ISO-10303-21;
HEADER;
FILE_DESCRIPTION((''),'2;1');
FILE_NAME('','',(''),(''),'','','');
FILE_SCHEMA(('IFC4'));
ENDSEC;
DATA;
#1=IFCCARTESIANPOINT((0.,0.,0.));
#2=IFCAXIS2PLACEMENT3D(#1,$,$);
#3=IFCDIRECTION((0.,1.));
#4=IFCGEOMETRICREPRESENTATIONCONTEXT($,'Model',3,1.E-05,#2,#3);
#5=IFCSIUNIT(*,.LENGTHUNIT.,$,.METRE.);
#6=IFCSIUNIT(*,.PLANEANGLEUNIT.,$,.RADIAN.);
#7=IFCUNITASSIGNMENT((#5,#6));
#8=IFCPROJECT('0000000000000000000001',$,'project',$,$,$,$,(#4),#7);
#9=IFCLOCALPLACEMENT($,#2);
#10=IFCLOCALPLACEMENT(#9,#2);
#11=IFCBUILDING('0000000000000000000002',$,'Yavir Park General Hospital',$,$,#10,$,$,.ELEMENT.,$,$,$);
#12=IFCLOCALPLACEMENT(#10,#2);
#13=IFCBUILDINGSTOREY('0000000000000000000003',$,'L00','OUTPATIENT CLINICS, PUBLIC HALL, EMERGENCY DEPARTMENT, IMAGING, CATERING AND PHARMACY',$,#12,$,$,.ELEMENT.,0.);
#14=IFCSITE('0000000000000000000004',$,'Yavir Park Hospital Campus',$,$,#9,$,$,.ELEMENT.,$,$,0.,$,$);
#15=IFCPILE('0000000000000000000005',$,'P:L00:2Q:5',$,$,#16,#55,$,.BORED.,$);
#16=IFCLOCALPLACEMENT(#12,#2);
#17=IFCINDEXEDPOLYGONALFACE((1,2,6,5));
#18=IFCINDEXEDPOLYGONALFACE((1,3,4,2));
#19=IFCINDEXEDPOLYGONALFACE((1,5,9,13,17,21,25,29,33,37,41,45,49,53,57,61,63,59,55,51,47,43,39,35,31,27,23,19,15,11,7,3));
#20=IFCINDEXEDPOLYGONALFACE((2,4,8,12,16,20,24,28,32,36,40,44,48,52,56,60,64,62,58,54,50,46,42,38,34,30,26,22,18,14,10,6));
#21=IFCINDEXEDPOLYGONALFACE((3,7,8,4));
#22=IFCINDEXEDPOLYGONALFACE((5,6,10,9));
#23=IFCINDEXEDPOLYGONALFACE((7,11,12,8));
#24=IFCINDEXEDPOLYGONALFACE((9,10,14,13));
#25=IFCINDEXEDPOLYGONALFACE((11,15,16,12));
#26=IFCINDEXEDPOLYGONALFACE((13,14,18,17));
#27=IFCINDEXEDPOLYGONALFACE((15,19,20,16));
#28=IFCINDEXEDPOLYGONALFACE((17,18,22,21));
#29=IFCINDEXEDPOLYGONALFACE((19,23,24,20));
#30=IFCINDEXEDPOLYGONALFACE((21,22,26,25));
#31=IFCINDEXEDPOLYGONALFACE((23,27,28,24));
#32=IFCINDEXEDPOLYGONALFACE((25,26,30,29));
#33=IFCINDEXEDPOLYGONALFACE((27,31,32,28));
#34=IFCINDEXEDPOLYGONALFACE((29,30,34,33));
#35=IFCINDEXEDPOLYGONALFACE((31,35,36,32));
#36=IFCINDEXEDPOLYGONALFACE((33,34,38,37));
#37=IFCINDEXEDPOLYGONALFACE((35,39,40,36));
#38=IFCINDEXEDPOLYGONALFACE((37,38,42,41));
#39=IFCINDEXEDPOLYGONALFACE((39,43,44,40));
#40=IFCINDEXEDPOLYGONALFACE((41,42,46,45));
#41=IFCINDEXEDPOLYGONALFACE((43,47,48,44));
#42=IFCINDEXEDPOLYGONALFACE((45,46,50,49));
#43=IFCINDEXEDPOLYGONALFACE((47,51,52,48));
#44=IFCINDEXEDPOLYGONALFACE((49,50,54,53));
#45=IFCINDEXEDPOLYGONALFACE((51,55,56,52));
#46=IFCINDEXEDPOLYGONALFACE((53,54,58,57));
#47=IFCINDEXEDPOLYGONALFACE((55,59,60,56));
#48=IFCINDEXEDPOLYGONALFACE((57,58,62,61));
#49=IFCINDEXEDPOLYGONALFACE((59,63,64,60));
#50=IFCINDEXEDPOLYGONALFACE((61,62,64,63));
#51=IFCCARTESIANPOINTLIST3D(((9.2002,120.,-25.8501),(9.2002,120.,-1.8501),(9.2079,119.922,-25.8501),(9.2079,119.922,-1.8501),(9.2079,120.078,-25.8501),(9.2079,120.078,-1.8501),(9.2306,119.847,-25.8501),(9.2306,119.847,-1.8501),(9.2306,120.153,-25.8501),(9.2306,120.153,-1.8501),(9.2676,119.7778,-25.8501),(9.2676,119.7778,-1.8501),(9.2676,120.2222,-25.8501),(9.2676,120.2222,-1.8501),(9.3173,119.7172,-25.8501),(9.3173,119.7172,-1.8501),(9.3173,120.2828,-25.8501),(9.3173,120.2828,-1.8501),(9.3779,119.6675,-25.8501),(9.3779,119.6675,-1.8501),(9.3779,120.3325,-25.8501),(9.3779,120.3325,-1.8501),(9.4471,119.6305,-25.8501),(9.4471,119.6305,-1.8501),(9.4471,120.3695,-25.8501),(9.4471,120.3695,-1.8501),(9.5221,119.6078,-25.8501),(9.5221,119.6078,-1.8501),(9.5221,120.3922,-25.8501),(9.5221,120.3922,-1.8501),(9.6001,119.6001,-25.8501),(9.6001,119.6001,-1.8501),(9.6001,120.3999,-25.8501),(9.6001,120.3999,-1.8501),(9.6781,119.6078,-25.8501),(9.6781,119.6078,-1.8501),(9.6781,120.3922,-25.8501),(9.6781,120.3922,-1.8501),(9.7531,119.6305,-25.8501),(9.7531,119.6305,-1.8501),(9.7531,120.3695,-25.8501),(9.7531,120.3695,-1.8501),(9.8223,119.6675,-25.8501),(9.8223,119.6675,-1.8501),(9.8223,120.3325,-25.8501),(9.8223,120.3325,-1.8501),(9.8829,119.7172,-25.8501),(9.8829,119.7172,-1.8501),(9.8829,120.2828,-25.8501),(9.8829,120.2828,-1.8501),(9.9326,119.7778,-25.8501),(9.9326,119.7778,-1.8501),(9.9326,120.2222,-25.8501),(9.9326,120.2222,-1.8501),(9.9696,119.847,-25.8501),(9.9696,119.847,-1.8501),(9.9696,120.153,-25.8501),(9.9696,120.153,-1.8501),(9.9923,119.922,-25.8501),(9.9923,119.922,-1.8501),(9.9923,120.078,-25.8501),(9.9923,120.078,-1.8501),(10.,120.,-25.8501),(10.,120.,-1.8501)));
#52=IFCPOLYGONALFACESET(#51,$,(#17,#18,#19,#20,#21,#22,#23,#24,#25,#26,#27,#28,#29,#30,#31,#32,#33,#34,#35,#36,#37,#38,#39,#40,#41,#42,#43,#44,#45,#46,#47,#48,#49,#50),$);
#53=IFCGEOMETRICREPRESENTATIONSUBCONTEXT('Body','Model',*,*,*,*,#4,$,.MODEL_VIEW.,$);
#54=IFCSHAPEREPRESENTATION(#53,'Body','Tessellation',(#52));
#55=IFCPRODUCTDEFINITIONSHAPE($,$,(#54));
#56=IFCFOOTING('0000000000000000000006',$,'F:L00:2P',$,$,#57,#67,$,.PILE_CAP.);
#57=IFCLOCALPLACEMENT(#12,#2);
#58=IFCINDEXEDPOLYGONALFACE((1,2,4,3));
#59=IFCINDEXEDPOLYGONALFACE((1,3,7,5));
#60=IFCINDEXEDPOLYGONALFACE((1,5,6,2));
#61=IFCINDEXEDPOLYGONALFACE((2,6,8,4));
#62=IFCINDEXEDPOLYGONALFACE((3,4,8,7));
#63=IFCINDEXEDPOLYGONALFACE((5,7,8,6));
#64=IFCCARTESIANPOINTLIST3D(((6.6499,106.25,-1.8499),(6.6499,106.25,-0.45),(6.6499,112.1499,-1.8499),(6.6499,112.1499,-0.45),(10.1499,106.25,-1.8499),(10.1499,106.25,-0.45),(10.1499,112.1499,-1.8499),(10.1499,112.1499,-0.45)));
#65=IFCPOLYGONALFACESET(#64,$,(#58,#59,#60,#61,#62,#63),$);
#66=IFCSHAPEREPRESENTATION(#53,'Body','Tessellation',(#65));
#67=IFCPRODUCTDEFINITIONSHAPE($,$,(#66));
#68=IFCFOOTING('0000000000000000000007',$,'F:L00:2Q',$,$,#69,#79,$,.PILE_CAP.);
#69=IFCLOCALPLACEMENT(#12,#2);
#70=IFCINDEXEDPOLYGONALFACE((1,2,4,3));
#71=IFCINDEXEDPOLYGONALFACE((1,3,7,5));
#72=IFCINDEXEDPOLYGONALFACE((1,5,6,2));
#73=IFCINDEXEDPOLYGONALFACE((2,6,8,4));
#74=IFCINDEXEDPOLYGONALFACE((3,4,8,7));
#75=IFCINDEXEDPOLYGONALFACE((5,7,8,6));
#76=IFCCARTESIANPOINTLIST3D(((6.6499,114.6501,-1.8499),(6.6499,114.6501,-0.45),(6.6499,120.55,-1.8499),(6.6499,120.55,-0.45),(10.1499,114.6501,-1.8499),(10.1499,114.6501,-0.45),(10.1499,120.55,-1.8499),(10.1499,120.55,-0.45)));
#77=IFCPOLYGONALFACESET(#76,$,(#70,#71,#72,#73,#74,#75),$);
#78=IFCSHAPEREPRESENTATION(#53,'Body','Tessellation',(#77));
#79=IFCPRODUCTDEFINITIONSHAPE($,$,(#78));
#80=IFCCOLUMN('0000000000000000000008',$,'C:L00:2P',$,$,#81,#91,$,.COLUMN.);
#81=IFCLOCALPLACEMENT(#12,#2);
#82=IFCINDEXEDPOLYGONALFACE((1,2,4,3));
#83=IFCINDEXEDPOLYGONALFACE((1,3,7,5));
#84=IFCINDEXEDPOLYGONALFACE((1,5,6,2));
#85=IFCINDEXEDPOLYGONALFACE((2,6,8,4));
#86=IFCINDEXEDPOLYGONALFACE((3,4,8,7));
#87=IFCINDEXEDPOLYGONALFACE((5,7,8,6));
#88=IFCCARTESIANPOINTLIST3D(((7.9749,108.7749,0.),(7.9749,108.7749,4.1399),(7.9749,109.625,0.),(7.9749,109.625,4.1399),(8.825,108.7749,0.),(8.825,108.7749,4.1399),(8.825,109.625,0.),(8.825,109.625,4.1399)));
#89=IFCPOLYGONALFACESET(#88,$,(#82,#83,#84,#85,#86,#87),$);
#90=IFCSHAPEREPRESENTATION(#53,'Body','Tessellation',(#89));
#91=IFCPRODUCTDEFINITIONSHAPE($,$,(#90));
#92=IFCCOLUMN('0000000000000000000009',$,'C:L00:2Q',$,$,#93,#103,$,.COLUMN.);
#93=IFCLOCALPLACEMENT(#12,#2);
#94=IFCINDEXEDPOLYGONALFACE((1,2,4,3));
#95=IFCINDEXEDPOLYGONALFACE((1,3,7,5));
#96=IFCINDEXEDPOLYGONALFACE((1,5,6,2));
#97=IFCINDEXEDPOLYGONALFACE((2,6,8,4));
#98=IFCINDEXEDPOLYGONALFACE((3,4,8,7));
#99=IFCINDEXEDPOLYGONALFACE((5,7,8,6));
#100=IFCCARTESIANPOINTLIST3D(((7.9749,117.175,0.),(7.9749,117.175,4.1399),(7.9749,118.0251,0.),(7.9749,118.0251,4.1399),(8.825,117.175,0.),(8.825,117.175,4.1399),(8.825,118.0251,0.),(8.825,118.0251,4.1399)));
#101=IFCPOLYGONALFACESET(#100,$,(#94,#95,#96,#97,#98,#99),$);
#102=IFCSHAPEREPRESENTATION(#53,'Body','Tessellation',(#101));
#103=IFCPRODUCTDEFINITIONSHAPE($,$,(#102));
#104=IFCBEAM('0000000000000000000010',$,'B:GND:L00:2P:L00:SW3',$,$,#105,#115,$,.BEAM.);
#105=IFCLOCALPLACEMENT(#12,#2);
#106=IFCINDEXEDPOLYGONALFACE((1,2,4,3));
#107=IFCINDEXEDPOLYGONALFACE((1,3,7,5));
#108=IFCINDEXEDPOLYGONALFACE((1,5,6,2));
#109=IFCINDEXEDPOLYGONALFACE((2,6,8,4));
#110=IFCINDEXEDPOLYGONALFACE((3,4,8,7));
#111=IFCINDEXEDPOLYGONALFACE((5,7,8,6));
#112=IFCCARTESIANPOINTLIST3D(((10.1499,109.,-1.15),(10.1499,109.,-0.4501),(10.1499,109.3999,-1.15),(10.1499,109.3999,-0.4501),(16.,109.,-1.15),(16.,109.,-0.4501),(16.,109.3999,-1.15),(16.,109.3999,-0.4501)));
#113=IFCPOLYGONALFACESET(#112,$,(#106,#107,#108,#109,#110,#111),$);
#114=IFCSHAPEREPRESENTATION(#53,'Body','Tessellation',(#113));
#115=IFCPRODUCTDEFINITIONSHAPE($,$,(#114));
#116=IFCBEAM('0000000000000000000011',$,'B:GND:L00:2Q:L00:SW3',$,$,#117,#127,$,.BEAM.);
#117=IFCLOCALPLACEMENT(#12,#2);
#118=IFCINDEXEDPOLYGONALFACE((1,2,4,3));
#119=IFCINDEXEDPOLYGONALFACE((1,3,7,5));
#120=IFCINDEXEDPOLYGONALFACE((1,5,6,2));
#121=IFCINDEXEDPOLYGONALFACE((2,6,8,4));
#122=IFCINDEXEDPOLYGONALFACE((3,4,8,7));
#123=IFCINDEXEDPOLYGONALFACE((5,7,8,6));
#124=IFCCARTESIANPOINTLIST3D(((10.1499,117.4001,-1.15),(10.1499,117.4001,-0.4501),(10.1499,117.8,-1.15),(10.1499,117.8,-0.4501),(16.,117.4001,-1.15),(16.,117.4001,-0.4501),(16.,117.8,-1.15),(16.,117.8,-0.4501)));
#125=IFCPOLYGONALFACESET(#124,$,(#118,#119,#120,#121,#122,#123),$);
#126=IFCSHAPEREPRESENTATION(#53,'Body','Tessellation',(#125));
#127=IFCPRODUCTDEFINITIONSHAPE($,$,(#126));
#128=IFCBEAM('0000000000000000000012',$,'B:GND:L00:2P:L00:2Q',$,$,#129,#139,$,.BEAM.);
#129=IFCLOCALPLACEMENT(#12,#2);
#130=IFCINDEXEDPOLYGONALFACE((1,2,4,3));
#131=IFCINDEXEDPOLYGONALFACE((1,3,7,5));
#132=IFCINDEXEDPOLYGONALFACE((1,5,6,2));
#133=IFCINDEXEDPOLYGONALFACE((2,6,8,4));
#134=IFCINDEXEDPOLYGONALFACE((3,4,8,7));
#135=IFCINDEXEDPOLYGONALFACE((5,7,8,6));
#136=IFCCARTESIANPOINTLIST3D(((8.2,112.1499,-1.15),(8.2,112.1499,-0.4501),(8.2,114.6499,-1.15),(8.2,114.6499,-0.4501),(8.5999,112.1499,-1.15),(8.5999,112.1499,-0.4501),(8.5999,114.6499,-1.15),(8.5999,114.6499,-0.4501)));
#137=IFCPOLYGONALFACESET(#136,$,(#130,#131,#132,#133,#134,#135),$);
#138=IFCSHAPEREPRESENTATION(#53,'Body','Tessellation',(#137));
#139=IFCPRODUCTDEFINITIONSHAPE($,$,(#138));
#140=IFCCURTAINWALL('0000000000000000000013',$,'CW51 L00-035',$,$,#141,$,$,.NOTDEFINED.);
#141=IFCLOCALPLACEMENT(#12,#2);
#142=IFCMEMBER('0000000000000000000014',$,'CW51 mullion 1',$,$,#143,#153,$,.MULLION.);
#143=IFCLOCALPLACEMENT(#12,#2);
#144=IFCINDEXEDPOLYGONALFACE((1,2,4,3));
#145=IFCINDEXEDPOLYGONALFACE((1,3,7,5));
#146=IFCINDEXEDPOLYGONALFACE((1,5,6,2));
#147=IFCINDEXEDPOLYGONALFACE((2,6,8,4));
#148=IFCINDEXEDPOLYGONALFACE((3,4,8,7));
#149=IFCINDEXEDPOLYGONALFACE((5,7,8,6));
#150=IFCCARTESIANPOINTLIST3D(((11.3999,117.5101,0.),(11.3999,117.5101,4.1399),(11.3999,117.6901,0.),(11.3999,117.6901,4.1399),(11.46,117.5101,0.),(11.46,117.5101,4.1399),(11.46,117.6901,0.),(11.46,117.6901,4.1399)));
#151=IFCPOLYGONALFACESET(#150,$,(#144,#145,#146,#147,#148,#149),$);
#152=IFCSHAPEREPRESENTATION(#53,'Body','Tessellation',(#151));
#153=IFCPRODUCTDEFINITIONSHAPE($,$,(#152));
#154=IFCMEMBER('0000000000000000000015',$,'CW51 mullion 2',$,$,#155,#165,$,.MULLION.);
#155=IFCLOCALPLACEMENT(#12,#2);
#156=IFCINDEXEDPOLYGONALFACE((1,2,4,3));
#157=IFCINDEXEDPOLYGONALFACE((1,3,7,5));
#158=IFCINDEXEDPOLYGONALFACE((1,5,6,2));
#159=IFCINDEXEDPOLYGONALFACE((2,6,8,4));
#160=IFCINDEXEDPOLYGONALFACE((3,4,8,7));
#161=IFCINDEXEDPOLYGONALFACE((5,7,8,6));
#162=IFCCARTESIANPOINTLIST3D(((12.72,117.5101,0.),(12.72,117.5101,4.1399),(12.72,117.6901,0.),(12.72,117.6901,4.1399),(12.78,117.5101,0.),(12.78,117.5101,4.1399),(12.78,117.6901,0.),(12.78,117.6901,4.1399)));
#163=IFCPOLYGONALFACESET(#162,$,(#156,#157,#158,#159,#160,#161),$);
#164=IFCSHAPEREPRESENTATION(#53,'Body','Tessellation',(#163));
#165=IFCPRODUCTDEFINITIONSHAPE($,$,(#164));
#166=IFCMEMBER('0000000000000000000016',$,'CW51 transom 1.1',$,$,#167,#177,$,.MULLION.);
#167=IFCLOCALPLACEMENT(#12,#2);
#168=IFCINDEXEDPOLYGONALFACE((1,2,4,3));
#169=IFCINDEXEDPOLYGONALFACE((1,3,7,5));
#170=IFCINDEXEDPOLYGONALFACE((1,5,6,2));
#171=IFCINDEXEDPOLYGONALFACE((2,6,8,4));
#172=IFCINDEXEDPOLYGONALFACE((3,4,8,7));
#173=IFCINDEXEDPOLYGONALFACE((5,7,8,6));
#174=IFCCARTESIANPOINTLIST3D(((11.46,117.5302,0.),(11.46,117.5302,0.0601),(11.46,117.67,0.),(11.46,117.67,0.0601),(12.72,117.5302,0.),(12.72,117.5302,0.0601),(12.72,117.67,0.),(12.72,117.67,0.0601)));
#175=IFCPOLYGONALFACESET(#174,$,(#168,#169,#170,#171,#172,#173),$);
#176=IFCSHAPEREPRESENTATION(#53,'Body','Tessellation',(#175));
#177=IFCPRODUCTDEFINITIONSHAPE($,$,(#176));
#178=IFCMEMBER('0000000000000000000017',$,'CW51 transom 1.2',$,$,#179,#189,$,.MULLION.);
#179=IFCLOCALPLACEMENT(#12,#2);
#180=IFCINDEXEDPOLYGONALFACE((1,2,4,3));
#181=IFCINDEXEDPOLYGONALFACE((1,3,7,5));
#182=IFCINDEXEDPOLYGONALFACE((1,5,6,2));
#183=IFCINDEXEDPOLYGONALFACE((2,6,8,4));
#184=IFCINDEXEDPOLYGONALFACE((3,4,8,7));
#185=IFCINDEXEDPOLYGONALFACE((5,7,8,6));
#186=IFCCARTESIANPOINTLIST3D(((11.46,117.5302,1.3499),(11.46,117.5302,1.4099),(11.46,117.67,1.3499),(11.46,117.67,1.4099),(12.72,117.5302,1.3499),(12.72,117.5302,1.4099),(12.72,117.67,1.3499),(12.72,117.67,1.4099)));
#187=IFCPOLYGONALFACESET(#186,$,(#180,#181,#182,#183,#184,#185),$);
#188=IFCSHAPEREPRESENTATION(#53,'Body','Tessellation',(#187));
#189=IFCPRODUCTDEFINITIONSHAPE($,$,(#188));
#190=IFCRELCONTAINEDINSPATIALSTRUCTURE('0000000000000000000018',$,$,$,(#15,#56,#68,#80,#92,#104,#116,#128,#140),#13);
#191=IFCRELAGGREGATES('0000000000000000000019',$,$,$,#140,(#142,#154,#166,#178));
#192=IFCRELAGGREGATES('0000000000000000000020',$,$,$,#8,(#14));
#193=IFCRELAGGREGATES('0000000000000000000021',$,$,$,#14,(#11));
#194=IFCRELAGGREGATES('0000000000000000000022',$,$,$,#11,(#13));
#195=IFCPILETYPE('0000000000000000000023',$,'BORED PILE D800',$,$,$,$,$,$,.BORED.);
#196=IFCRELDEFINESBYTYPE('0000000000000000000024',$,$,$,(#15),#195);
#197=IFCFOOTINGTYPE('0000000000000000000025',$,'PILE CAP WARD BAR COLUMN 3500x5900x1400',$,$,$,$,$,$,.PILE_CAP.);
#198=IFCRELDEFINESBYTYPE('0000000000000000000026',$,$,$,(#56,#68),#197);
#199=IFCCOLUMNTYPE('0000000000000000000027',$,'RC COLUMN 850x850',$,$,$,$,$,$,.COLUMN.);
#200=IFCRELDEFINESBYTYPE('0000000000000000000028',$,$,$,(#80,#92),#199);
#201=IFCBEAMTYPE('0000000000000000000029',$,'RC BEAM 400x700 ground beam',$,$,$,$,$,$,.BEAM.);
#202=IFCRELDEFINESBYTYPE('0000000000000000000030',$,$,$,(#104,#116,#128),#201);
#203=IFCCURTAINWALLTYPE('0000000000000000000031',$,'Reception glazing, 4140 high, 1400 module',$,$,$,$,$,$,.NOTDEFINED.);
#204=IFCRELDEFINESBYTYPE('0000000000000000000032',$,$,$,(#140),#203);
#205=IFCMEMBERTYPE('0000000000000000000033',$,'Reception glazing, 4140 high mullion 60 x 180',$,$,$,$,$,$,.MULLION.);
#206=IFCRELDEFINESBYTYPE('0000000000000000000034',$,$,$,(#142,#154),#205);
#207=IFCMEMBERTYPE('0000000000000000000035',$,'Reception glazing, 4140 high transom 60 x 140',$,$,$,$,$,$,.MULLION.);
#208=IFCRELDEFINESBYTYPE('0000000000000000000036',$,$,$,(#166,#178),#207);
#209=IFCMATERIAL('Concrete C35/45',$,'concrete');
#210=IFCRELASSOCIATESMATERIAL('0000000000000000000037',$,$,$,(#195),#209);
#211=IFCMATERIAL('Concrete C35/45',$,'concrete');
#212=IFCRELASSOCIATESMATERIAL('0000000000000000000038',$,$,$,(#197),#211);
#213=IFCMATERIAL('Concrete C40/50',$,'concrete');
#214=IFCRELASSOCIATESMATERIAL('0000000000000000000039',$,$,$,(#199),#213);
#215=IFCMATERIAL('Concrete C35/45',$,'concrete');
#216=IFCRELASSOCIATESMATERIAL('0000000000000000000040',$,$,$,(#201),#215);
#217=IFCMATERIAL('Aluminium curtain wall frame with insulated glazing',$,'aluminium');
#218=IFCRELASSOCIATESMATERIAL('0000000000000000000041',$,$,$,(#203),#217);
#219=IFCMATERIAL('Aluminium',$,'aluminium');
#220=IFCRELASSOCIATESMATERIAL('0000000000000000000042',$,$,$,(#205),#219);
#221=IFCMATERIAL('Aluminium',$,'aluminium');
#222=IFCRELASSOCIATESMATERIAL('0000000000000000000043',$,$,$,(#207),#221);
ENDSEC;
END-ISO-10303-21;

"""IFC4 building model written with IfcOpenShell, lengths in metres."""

from ifc_helpers import new_model, si_unit, direction, frame, origin, origin_2d, place, context, subcontext, project, spatial, rectangle, circle, extrude, material, material_profile, profile_set, type_object, element, aggregate, save


model = new_model("IFC4")

# Units and contexts
model_context = context("Model", 3, precision=1e-05, world=origin(), true_north=direction((0.0, 1.0)))
body_context = subcontext(model_context, "Body", "Model", "MODEL_VIEW")
ifc_project = project(units=[si_unit("LENGTHUNIT", "METRE"), si_unit("PLANEANGLEUNIT", "RADIAN")], contexts=[model_context])

# Site, building, storey
site_placement = place(None, origin())
site = spatial("IfcSite", under=ifc_project, at=site_placement, Name="Yavir Park Hospital Campus", CompositionType="ELEMENT", RefElevation=0.0)
building_placement = place(site_placement, origin())
building = spatial("IfcBuilding", under=site, at=building_placement, Name="Yavir Park General Hospital", CompositionType="ELEMENT")
storey_placement = place(building_placement, origin())
storey = spatial("IfcBuildingStorey", under=building, at=storey_placement, Name="L00", Description="OUTPATIENT CLINICS, PUBLIC HALL, EMERGENCY DEPARTMENT, IMAGING, CATERING AND PHARMACY", CompositionType="ELEMENT", Elevation=0.0)

# Pile
ifc_material_1 = material(Name="Concrete C35/45", Category="concrete")
ifc_material_profile_1 = material_profile(ifc_material_1, circle(Radius=0.3999, at=origin_2d()), Name="D800")
ifc_profile_set_1 = profile_set([ifc_material_profile_1], Name="Concrete C35/45")
pile_type = type_object("IfcPileType", Name="BORED PILE D800", PredefinedType="BORED", material=ifc_profile_set_1)
for number, where, z_axis, x_axis, name in (
    (1, (9.6001, 120.0, -1.8501), (0.0, 0.0, -1.0), (1.0, 0.0, 0.0), "P:L00:2Q:5"),
):
    element("IfcPile", number, at=place(storey_placement, frame(where, z_axis=z_axis, x_axis=x_axis)), inside=storey, type_object=pile_type, Name=name, PredefinedType="BORED", context=body_context, shape_type="SweptSolid", body=[
        extrude(circle(Radius=0.3999, at=origin_2d()), origin(), (0.0, 0.0, 1.0), 24.0),
    ])

# Footings
ifc_material_2 = material(Name="Concrete C35/45", Category="concrete")
footing_type = type_object("IfcFootingType", Name="PILE CAP WARD BAR COLUMN 3500x5900x1400", PredefinedType="PILE_CAP", material=ifc_material_2)
for number, where, z_axis, x_axis, name in (
    (2, (8.3999, 109.2, -1.8499), (0.0, 0.0, 1.0), (1.0, 0.0, 0.0), "F:L00:2P"),
    (3, (8.3999, 117.6001, -1.8499), (0.0, 0.0, 1.0), (1.0, 0.0, 0.0), "F:L00:2Q"),
):
    element("IfcFooting", number, at=place(storey_placement, frame(where, z_axis=z_axis, x_axis=x_axis)), inside=storey, type_object=footing_type, Name=name, PredefinedType="PILE_CAP", context=body_context, shape_type="SweptSolid", body=[
        extrude(rectangle(XDim=3.5, YDim=5.8999, at=origin_2d()), origin(), (0.0, 0.0, 1.0), 1.3999),
    ])

# Columns
ifc_material_3 = material(Name="Concrete C40/50", Category="concrete")
ifc_material_profile_2 = material_profile(ifc_material_3, rectangle(XDim=0.8501, YDim=0.8501, at=origin_2d()), Name="RC850x850")
ifc_profile_set_2 = profile_set([ifc_material_profile_2], Name="Concrete C40/50")
column_type = type_object("IfcColumnType", Name="RC COLUMN 850x850", PredefinedType="COLUMN", material=ifc_profile_set_2)
for number, where, z_axis, x_axis, name in (
    (4, (8.3999, 109.2, 0.0), (0.0, 0.0, 1.0), (1.0, 0.0, 0.0), "C:L00:2P"),
    (5, (8.3999, 117.6001, 0.0), (0.0, 0.0, 1.0), (1.0, 0.0, 0.0), "C:L00:2Q"),
):
    element("IfcColumn", number, at=place(storey_placement, frame(where, z_axis=z_axis, x_axis=x_axis)), inside=storey, type_object=column_type, Name=name, PredefinedType="COLUMN", context=body_context, shape_type="SweptSolid", body=[
        extrude(rectangle(XDim=0.8501, YDim=0.8501, at=origin_2d()), origin(), (0.0, 0.0, 1.0), 4.1399),
    ])

# Beams
ifc_material_4 = material(Name="Concrete C35/45", Category="concrete")
ifc_material_profile_3 = material_profile(ifc_material_4, rectangle(XDim=0.3999, YDim=0.7, at=origin_2d()), Name="RC400x700")
ifc_profile_set_3 = profile_set([ifc_material_profile_3], Name="Concrete C35/45")
beam_type = type_object("IfcBeamType", Name="RC BEAM 400x700 ground beam", PredefinedType="BEAM", material=ifc_profile_set_3)
for number, where, z_axis, x_axis, name in (
    (6, (10.1499, 109.2, -0.8), (1.0, 0.0, 0.0), (0.0, 1.0, 0.0), "B:GND:L00:2P:L00:SW3"),
    (7, (10.1499, 117.6001, -0.8), (1.0, 0.0, 0.0), (0.0, 1.0, 0.0), "B:GND:L00:2Q:L00:SW3"),
):
    element("IfcBeam", number, at=place(storey_placement, frame(where, z_axis=z_axis, x_axis=x_axis)), inside=storey, type_object=beam_type, Name=name, PredefinedType="BEAM", context=body_context, shape_type="SweptSolid", body=[
        extrude(rectangle(XDim=0.3999, YDim=0.7, at=origin_2d()), origin(), (0.0, 0.0, 1.0), 5.8501),
    ])
beam_placement = place(storey_placement, frame((8.3999, 112.1499, -0.8), z_axis=(0.0, 1.0, 0.0), x_axis=(-1.0, 0.0, 0.0)))
element("IfcBeam", 8, at=beam_placement, inside=storey, type_object=beam_type, Name="B:GND:L00:2P:L00:2Q", PredefinedType="BEAM", context=body_context, shape_type="SweptSolid", body=[
    extrude(rectangle(XDim=0.3999, YDim=0.7, at=origin_2d()), origin(), (0.0, 0.0, 1.0), 2.5),
])

# Curtain wall, members
ifc_material_5 = material(Name="Aluminium curtain wall frame with insulated glazing", Category="aluminium")
curtain_wall_type = type_object("IfcCurtainWallType", Name="Reception glazing, 4140 high, 1400 module", PredefinedType="NOTDEFINED", material=ifc_material_5)
curtain_wall_placement = place(storey_placement, origin())
curtain_wall = element("IfcCurtainWall", 9, at=curtain_wall_placement, inside=storey, type_object=curtain_wall_type, Name="CW51 L00-035", PredefinedType="NOTDEFINED")
ifc_material_6 = material(Name="Aluminium", Category="aluminium")
ifc_material_profile_4 = material_profile(ifc_material_6, rectangle(XDim=0.1799, YDim=0.0601, at=origin_2d()), Name="AL 60x180")
ifc_profile_set_4 = profile_set([ifc_material_profile_4], Name="Aluminium")
member_type_1 = type_object("IfcMemberType", Name="Reception glazing, 4140 high mullion 60 x 180", PredefinedType="MULLION", material=ifc_profile_set_4)
member_1_placement = place(storey_placement, frame((11.4299, 117.6001, 0.0), z_axis=(0.0, 0.0, 1.0), x_axis=(0.0, 1.0, 0.0)))
member_1 = element("IfcMember", 10, at=member_1_placement, type_object=member_type_1, Name="CW51 mullion 1", PredefinedType="MULLION", context=body_context, shape_type="SweptSolid", body=[
    extrude(rectangle(XDim=0.1799, YDim=0.0601, at=origin_2d()), origin(), (0.0, 0.0, 1.0), 4.1399),
])
member_2_placement = place(storey_placement, frame((12.75, 117.6001, 0.0), z_axis=(0.0, 0.0, 1.0), x_axis=(0.0, 1.0, 0.0)))
member_2 = element("IfcMember", 11, at=member_2_placement, type_object=member_type_1, Name="CW51 mullion 2", PredefinedType="MULLION", context=body_context, shape_type="SweptSolid", body=[
    extrude(rectangle(XDim=0.1799, YDim=0.0601, at=origin_2d()), origin(), (0.0, 0.0, 1.0), 4.1399),
])
ifc_material_7 = material(Name="Aluminium", Category="aluminium")
ifc_material_profile_5 = material_profile(ifc_material_7, rectangle(XDim=0.1399, YDim=0.0601, at=origin_2d()), Name="AL 140x60")
ifc_profile_set_5 = profile_set([ifc_material_profile_5], Name="Aluminium")
member_type_2 = type_object("IfcMemberType", Name="Reception glazing, 4140 high transom 60 x 140", PredefinedType="MULLION", material=ifc_profile_set_5)
member_3_placement = place(storey_placement, frame((11.46, 117.6001, 0.03), z_axis=(1.0, 0.0, 0.0), x_axis=(0.0, 1.0, 0.0)))
member_3 = element("IfcMember", 12, at=member_3_placement, type_object=member_type_2, Name="CW51 transom 1.1", PredefinedType="MULLION", context=body_context, shape_type="SweptSolid", body=[
    extrude(rectangle(XDim=0.1399, YDim=0.0601, at=origin_2d()), origin(), (0.0, 0.0, 1.0), 1.26),
])
member_4_placement = place(storey_placement, frame((11.46, 117.6001, 1.3799), z_axis=(1.0, 0.0, 0.0), x_axis=(0.0, 1.0, 0.0)))
member_4 = element("IfcMember", 13, at=member_4_placement, type_object=member_type_2, Name="CW51 transom 1.2", PredefinedType="MULLION", context=body_context, shape_type="SweptSolid", body=[
    extrude(rectangle(XDim=0.1399, YDim=0.0601, at=origin_2d()), origin(), (0.0, 0.0, 1.0), 1.26),
])
aggregate(curtain_wall, [member_1, member_2, member_3, member_4])

save(model, "model.ifc")
